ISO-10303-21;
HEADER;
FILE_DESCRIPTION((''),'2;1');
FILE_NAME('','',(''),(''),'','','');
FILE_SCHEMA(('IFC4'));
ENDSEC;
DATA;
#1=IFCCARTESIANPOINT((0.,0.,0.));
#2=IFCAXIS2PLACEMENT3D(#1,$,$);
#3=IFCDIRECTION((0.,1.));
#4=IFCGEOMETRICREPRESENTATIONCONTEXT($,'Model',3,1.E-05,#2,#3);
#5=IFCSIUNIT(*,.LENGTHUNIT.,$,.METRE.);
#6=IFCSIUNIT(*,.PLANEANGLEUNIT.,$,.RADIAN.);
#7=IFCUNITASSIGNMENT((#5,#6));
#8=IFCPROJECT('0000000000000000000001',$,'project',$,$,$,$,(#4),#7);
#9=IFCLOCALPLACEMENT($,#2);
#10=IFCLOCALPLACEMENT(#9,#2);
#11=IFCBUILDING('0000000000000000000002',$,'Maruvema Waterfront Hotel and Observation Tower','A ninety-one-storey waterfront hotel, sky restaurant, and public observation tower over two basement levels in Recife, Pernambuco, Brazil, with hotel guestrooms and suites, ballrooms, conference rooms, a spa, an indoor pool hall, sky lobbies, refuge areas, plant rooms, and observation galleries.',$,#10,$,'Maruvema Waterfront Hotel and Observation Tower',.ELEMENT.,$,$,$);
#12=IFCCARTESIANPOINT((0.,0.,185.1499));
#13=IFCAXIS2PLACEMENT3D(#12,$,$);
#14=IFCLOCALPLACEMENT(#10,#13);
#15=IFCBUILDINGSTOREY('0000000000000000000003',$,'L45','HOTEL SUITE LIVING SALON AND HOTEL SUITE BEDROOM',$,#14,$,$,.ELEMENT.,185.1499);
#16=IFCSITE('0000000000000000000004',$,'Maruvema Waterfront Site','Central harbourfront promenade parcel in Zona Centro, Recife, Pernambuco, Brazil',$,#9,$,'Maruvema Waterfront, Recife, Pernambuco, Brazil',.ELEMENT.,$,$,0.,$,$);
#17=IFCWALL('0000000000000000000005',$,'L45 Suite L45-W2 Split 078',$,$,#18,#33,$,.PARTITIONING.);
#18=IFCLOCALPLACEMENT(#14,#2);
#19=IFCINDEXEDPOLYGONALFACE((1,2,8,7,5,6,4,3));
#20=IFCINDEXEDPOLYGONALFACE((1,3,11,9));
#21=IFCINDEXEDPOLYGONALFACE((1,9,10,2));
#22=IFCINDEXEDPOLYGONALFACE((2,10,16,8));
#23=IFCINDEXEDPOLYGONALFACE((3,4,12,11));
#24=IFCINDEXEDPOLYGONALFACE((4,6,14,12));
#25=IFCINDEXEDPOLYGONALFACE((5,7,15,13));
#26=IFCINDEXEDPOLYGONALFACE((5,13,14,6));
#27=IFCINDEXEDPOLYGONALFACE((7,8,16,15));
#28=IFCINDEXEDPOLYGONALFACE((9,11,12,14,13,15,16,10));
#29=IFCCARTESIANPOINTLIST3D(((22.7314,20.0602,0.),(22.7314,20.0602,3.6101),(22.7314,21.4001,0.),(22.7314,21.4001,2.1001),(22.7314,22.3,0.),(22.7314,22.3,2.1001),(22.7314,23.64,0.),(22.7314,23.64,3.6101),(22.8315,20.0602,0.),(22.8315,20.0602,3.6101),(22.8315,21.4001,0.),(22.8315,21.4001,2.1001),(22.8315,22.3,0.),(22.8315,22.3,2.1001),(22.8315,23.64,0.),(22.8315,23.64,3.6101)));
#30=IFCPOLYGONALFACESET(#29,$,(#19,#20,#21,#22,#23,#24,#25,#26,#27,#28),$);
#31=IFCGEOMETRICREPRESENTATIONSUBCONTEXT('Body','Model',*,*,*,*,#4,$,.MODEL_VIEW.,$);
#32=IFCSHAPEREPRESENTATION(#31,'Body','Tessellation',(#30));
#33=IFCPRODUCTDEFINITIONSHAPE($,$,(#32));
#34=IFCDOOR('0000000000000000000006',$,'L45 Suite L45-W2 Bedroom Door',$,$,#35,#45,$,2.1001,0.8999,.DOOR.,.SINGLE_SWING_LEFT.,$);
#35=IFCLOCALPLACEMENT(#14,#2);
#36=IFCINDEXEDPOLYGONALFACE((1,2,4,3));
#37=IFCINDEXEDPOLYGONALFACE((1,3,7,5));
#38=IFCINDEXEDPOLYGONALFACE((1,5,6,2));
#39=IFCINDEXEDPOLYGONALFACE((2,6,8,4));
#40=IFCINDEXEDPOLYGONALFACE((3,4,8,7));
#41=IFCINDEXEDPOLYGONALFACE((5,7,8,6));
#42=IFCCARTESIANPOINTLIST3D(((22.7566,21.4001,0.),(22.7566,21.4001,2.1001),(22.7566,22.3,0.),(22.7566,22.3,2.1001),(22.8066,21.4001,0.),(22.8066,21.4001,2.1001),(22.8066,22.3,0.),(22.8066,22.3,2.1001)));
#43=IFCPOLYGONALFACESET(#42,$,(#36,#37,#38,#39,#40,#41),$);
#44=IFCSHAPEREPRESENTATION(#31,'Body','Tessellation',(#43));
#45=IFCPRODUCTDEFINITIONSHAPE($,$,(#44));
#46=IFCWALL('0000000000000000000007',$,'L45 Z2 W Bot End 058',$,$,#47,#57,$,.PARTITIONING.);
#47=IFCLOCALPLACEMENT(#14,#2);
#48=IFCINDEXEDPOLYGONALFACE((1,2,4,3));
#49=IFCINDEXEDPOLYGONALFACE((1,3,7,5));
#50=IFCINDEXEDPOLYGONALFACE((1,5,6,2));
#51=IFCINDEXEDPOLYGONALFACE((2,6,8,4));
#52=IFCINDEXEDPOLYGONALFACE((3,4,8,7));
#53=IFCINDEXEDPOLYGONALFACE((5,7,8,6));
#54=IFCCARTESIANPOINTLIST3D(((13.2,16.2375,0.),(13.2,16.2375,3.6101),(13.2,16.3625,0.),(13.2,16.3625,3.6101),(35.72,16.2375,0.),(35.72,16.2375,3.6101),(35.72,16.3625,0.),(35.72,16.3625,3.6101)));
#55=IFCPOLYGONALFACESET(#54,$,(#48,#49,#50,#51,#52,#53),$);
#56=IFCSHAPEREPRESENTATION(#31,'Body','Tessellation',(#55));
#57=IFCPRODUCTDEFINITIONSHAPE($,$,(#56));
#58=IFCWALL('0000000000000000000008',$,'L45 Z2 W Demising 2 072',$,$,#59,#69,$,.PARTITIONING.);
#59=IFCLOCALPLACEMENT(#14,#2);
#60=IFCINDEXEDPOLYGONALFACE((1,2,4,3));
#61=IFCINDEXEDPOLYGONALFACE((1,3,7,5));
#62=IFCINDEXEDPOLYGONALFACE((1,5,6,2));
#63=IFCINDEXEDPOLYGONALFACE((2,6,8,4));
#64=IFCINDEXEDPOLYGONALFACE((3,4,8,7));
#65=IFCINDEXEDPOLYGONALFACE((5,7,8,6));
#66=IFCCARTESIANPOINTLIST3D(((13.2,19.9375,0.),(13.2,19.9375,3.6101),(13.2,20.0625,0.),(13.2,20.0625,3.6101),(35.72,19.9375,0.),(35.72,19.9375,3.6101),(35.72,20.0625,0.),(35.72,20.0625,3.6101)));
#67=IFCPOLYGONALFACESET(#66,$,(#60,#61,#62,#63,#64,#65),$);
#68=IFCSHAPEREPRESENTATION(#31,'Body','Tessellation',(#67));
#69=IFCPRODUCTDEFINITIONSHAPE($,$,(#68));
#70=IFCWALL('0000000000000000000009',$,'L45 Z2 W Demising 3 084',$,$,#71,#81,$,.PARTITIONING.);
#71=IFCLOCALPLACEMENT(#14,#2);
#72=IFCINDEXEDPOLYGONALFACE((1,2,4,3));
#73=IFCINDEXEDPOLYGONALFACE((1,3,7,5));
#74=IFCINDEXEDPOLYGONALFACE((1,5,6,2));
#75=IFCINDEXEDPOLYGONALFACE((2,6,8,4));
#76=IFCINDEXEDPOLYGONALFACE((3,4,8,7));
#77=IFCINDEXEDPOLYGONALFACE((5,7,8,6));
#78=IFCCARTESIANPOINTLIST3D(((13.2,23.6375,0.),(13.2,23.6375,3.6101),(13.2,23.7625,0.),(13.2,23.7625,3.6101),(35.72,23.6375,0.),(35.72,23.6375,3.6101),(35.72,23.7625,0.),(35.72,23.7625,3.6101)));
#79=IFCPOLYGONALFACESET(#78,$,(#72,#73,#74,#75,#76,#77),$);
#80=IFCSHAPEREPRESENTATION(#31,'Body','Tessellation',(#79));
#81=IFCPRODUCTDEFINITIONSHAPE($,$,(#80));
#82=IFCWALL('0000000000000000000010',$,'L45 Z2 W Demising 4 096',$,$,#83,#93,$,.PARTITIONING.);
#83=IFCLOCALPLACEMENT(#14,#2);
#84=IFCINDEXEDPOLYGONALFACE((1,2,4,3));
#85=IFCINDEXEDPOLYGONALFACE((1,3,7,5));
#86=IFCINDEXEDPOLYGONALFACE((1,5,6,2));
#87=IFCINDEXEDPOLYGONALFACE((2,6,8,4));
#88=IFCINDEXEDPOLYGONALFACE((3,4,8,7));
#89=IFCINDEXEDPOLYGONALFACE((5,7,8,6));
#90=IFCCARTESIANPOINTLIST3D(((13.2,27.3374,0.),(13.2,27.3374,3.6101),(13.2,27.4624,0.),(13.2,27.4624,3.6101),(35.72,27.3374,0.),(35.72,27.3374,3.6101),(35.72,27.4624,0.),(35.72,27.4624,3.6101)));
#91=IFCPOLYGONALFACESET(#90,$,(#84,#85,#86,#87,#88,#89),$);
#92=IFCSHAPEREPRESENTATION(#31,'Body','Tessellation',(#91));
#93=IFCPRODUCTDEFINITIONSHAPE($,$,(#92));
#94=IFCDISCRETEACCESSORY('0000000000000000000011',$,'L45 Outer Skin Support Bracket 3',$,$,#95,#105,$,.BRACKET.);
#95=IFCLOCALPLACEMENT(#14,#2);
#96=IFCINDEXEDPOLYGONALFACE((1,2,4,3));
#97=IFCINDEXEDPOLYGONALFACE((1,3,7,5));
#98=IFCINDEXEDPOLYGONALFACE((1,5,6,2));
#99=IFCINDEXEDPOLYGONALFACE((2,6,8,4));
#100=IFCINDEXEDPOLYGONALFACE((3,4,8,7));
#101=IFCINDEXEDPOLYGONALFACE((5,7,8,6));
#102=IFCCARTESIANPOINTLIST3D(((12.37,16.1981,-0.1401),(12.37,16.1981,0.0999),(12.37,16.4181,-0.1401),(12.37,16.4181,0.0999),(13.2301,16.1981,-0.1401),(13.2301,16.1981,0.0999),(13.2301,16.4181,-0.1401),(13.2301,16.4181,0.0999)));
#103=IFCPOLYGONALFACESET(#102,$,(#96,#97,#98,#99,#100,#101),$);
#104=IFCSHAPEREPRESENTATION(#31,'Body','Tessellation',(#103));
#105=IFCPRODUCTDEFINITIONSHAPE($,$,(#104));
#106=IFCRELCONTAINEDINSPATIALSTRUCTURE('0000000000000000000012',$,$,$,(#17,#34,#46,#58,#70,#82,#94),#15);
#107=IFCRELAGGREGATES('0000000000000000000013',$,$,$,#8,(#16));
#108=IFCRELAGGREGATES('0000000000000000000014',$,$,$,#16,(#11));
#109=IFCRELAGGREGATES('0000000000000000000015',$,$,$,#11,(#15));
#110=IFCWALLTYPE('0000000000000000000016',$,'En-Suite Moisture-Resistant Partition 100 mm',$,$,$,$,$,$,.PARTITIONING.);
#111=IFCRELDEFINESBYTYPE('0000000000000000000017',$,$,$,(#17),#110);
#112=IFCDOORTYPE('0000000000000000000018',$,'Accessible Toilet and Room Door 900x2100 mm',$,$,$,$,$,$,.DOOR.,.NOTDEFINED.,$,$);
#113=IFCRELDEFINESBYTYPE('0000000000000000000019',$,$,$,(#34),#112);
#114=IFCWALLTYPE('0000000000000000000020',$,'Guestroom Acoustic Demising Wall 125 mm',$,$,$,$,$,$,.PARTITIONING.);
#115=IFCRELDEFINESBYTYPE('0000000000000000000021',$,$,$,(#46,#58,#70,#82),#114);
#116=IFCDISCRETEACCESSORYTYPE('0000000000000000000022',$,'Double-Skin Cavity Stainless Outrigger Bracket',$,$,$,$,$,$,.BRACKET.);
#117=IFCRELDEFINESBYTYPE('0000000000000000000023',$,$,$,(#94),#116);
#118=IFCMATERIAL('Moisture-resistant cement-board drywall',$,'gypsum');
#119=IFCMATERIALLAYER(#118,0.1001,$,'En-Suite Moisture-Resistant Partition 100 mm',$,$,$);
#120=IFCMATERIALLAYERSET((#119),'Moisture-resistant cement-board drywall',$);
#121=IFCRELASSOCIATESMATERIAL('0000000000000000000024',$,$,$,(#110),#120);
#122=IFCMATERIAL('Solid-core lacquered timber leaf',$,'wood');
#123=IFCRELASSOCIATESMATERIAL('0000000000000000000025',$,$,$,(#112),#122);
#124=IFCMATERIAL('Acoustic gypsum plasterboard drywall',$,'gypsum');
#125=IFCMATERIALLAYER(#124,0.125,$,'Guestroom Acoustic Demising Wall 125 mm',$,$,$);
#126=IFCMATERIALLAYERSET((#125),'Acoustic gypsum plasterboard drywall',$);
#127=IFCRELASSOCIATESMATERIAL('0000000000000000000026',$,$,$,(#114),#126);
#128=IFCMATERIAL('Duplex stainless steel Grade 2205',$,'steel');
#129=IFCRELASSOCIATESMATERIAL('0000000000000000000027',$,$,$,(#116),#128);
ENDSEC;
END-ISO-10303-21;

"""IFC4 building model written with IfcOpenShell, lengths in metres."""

from ifc_helpers import new_model, si_unit, direction, frame, frame_2d, origin, origin_2d, place, context, subcontext, project, spatial, rectangle, extrude, material, layer, layer_set, type_object, element, fill, save


model = new_model("IFC4")

# Units and contexts
model_context = context("Model", 3, precision=1e-05, world=origin(), true_north=direction((0.0, 1.0)))
body_context = subcontext(model_context, "Body", "Model", "MODEL_VIEW")
ifc_project = project(units=[si_unit("LENGTHUNIT", "METRE"), si_unit("PLANEANGLEUNIT", "RADIAN")], contexts=[model_context])

# Site, building, storey
site_placement = place(None, origin())
site = spatial("IfcSite", under=ifc_project, at=site_placement, Name="Maruvema Waterfront Site", Description="Central harbourfront promenade parcel in Zona Centro, Recife, Pernambuco, Brazil", LongName="Maruvema Waterfront, Recife, Pernambuco, Brazil", CompositionType="ELEMENT", RefElevation=0.0)
building_placement = place(site_placement, origin())
building = spatial("IfcBuilding", under=site, at=building_placement, Name="Maruvema Waterfront Hotel and Observation Tower", Description="A ninety-one-storey waterfront hotel, sky restaurant, and public observation tower over two basement levels in Recife, Pernambuco, Brazil, with hotel guestrooms and suites, ballrooms, conference rooms, a spa, an indoor pool hall, sky lobbies, refuge areas, plant rooms, and observation galleries.", LongName="Maruvema Waterfront Hotel and Observation Tower", CompositionType="ELEMENT")
storey_placement = place(building_placement, frame((0.0, 0.0, 185.1499)))
storey = spatial("IfcBuildingStorey", under=building, at=storey_placement, Name="L45", Description="HOTEL SUITE LIVING SALON AND HOTEL SUITE BEDROOM", CompositionType="ELEMENT", Elevation=185.1499)

# Wall, opening, door
ifc_material_1 = material(Name="Moisture-resistant cement-board drywall", Category="gypsum")
ifc_layer_1 = layer(ifc_material_1, 0.1001, Name="En-Suite Moisture-Resistant Partition 100 mm")
ifc_layer_set_1 = layer_set([ifc_layer_1], Name="Moisture-resistant cement-board drywall")
wall_type_1 = type_object("IfcWallType", Name="En-Suite Moisture-Resistant Partition 100 mm", PredefinedType="PARTITIONING", material=ifc_layer_set_1)
ifc_material_2 = material(Name="Solid-core lacquered timber leaf", Category="wood")
door_type = type_object("IfcDoorType", Name="Accessible Toilet and Room Door 900x2100 mm", OperationType="NOTDEFINED", PredefinedType="DOOR", material=ifc_material_2)
wall_1_placement = place(storey_placement, frame((22.7815, 20.0601, 0.0), z_axis=(0.0, 0.0, 1.0), x_axis=(0.0, 1.0, 0.0)))
wall_1 = element("IfcWall", 1, at=wall_1_placement, inside=storey, type_object=wall_type_1, Name="L45 Suite L45-W2 Split 078", PredefinedType="PARTITIONING", context=body_context, shape_type="SweptSolid", body=[
    extrude(rectangle(XDim=3.5798, YDim=0.1001, at=frame_2d((1.79, 0.0))), origin(), (0.0, 0.0, 1.0), 3.6101),
])
opening_1_placement = place(wall_1_placement, frame((1.3401, 0.0, 0.0)))
opening_1 = element("IfcOpeningElement", 2, at=opening_1_placement, cuts=wall_1, PredefinedType="OPENING", context=body_context, shape_type="SweptSolid", body=[
    extrude(rectangle(XDim=0.8999, YDim=2.1001, at=frame_2d((0.45, 1.05))), frame((0.0, 0.0601, 0.0), z_axis=(0.0, -1.0, 0.0), x_axis=(1.0, 0.0, 0.0)), (0.0, 0.0, 1.0), 0.1201),
])
door_1_placement = place(opening_1_placement, origin())
door_1 = element("IfcDoor", 3, at=door_1_placement, inside=storey, type_object=door_type, Name="L45 Suite L45-W2 Bedroom Door", OperationType="SINGLE_SWING_LEFT", OverallHeight=2.1001, OverallWidth=0.8999, PredefinedType="DOOR", context=body_context, shape_type="SweptSolid", body=[
    extrude(rectangle(XDim=0.8999, YDim=2.1001, at=frame_2d((0.45, 1.05))), frame((0.0, 0.0249, 0.0), z_axis=(0.0, -1.0, 0.0), x_axis=(1.0, 0.0, 0.0)), (0.0, 0.0, 1.0), 0.05),
])
fill(opening_1, door_1)

# Walls
ifc_material_3 = material(Name="Acoustic gypsum plasterboard drywall", Category="gypsum")
ifc_layer_2 = layer(ifc_material_3, 0.125, Name="Guestroom Acoustic Demising Wall 125 mm")
ifc_layer_set_2 = layer_set([ifc_layer_2], Name="Acoustic gypsum plasterboard drywall")
wall_type_2 = type_object("IfcWallType", Name="Guestroom Acoustic Demising Wall 125 mm", PredefinedType="PARTITIONING", material=ifc_layer_set_2)
for number, where, z_axis, x_axis, name in (
    (4, (13.2, 16.3, 0.0), (0.0, 0.0, 1.0), (1.0, 0.0, 0.0), "L45 Z2 W Bot End 058"),
    (5, (13.2, 20.0, 0.0), (0.0, 0.0, 1.0), (1.0, 0.0, 0.0), "L45 Z2 W Demising 2 072"),
    (6, (13.2, 23.7, 0.0), (0.0, 0.0, 1.0), (1.0, 0.0, 0.0), "L45 Z2 W Demising 3 084"),
    (7, (13.2, 27.3999, 0.0), (0.0, 0.0, 1.0), (1.0, 0.0, 0.0), "L45 Z2 W Demising 4 096"),
):
    element("IfcWall", number, at=place(storey_placement, frame(where, z_axis=z_axis, x_axis=x_axis)), inside=storey, type_object=wall_type_2, Name=name, PredefinedType="PARTITIONING", context=body_context, shape_type="SweptSolid", body=[
        extrude(rectangle(XDim=22.52, YDim=0.125, at=frame_2d((11.26, 0.0))), origin(), (0.0, 0.0, 1.0), 3.6101),
    ])

# Discrete accessory
ifc_material_4 = material(Name="Duplex stainless steel Grade 2205", Category="steel")
discrete_accessory_type = type_object("IfcDiscreteAccessoryType", Name="Double-Skin Cavity Stainless Outrigger Bracket", PredefinedType="BRACKET", material=ifc_material_4)
discrete_accessory_placement = place(storey_placement, frame((12.8, 16.3081, -0.1401), z_axis=(0.0, 0.0, 1.0), x_axis=(0.0, -1.0, 0.0)))
element("IfcDiscreteAccessory", 8, at=discrete_accessory_placement, inside=storey, type_object=discrete_accessory_type, Name="L45 Outer Skin Support Bracket 3", PredefinedType="BRACKET", context=body_context, shape_type="SweptSolid", body=[
    extrude(rectangle(XDim=0.22, YDim=0.8601, at=origin_2d()), origin(), (0.0, 0.0, 1.0), 0.24),
])

save(model, "model.ifc")
